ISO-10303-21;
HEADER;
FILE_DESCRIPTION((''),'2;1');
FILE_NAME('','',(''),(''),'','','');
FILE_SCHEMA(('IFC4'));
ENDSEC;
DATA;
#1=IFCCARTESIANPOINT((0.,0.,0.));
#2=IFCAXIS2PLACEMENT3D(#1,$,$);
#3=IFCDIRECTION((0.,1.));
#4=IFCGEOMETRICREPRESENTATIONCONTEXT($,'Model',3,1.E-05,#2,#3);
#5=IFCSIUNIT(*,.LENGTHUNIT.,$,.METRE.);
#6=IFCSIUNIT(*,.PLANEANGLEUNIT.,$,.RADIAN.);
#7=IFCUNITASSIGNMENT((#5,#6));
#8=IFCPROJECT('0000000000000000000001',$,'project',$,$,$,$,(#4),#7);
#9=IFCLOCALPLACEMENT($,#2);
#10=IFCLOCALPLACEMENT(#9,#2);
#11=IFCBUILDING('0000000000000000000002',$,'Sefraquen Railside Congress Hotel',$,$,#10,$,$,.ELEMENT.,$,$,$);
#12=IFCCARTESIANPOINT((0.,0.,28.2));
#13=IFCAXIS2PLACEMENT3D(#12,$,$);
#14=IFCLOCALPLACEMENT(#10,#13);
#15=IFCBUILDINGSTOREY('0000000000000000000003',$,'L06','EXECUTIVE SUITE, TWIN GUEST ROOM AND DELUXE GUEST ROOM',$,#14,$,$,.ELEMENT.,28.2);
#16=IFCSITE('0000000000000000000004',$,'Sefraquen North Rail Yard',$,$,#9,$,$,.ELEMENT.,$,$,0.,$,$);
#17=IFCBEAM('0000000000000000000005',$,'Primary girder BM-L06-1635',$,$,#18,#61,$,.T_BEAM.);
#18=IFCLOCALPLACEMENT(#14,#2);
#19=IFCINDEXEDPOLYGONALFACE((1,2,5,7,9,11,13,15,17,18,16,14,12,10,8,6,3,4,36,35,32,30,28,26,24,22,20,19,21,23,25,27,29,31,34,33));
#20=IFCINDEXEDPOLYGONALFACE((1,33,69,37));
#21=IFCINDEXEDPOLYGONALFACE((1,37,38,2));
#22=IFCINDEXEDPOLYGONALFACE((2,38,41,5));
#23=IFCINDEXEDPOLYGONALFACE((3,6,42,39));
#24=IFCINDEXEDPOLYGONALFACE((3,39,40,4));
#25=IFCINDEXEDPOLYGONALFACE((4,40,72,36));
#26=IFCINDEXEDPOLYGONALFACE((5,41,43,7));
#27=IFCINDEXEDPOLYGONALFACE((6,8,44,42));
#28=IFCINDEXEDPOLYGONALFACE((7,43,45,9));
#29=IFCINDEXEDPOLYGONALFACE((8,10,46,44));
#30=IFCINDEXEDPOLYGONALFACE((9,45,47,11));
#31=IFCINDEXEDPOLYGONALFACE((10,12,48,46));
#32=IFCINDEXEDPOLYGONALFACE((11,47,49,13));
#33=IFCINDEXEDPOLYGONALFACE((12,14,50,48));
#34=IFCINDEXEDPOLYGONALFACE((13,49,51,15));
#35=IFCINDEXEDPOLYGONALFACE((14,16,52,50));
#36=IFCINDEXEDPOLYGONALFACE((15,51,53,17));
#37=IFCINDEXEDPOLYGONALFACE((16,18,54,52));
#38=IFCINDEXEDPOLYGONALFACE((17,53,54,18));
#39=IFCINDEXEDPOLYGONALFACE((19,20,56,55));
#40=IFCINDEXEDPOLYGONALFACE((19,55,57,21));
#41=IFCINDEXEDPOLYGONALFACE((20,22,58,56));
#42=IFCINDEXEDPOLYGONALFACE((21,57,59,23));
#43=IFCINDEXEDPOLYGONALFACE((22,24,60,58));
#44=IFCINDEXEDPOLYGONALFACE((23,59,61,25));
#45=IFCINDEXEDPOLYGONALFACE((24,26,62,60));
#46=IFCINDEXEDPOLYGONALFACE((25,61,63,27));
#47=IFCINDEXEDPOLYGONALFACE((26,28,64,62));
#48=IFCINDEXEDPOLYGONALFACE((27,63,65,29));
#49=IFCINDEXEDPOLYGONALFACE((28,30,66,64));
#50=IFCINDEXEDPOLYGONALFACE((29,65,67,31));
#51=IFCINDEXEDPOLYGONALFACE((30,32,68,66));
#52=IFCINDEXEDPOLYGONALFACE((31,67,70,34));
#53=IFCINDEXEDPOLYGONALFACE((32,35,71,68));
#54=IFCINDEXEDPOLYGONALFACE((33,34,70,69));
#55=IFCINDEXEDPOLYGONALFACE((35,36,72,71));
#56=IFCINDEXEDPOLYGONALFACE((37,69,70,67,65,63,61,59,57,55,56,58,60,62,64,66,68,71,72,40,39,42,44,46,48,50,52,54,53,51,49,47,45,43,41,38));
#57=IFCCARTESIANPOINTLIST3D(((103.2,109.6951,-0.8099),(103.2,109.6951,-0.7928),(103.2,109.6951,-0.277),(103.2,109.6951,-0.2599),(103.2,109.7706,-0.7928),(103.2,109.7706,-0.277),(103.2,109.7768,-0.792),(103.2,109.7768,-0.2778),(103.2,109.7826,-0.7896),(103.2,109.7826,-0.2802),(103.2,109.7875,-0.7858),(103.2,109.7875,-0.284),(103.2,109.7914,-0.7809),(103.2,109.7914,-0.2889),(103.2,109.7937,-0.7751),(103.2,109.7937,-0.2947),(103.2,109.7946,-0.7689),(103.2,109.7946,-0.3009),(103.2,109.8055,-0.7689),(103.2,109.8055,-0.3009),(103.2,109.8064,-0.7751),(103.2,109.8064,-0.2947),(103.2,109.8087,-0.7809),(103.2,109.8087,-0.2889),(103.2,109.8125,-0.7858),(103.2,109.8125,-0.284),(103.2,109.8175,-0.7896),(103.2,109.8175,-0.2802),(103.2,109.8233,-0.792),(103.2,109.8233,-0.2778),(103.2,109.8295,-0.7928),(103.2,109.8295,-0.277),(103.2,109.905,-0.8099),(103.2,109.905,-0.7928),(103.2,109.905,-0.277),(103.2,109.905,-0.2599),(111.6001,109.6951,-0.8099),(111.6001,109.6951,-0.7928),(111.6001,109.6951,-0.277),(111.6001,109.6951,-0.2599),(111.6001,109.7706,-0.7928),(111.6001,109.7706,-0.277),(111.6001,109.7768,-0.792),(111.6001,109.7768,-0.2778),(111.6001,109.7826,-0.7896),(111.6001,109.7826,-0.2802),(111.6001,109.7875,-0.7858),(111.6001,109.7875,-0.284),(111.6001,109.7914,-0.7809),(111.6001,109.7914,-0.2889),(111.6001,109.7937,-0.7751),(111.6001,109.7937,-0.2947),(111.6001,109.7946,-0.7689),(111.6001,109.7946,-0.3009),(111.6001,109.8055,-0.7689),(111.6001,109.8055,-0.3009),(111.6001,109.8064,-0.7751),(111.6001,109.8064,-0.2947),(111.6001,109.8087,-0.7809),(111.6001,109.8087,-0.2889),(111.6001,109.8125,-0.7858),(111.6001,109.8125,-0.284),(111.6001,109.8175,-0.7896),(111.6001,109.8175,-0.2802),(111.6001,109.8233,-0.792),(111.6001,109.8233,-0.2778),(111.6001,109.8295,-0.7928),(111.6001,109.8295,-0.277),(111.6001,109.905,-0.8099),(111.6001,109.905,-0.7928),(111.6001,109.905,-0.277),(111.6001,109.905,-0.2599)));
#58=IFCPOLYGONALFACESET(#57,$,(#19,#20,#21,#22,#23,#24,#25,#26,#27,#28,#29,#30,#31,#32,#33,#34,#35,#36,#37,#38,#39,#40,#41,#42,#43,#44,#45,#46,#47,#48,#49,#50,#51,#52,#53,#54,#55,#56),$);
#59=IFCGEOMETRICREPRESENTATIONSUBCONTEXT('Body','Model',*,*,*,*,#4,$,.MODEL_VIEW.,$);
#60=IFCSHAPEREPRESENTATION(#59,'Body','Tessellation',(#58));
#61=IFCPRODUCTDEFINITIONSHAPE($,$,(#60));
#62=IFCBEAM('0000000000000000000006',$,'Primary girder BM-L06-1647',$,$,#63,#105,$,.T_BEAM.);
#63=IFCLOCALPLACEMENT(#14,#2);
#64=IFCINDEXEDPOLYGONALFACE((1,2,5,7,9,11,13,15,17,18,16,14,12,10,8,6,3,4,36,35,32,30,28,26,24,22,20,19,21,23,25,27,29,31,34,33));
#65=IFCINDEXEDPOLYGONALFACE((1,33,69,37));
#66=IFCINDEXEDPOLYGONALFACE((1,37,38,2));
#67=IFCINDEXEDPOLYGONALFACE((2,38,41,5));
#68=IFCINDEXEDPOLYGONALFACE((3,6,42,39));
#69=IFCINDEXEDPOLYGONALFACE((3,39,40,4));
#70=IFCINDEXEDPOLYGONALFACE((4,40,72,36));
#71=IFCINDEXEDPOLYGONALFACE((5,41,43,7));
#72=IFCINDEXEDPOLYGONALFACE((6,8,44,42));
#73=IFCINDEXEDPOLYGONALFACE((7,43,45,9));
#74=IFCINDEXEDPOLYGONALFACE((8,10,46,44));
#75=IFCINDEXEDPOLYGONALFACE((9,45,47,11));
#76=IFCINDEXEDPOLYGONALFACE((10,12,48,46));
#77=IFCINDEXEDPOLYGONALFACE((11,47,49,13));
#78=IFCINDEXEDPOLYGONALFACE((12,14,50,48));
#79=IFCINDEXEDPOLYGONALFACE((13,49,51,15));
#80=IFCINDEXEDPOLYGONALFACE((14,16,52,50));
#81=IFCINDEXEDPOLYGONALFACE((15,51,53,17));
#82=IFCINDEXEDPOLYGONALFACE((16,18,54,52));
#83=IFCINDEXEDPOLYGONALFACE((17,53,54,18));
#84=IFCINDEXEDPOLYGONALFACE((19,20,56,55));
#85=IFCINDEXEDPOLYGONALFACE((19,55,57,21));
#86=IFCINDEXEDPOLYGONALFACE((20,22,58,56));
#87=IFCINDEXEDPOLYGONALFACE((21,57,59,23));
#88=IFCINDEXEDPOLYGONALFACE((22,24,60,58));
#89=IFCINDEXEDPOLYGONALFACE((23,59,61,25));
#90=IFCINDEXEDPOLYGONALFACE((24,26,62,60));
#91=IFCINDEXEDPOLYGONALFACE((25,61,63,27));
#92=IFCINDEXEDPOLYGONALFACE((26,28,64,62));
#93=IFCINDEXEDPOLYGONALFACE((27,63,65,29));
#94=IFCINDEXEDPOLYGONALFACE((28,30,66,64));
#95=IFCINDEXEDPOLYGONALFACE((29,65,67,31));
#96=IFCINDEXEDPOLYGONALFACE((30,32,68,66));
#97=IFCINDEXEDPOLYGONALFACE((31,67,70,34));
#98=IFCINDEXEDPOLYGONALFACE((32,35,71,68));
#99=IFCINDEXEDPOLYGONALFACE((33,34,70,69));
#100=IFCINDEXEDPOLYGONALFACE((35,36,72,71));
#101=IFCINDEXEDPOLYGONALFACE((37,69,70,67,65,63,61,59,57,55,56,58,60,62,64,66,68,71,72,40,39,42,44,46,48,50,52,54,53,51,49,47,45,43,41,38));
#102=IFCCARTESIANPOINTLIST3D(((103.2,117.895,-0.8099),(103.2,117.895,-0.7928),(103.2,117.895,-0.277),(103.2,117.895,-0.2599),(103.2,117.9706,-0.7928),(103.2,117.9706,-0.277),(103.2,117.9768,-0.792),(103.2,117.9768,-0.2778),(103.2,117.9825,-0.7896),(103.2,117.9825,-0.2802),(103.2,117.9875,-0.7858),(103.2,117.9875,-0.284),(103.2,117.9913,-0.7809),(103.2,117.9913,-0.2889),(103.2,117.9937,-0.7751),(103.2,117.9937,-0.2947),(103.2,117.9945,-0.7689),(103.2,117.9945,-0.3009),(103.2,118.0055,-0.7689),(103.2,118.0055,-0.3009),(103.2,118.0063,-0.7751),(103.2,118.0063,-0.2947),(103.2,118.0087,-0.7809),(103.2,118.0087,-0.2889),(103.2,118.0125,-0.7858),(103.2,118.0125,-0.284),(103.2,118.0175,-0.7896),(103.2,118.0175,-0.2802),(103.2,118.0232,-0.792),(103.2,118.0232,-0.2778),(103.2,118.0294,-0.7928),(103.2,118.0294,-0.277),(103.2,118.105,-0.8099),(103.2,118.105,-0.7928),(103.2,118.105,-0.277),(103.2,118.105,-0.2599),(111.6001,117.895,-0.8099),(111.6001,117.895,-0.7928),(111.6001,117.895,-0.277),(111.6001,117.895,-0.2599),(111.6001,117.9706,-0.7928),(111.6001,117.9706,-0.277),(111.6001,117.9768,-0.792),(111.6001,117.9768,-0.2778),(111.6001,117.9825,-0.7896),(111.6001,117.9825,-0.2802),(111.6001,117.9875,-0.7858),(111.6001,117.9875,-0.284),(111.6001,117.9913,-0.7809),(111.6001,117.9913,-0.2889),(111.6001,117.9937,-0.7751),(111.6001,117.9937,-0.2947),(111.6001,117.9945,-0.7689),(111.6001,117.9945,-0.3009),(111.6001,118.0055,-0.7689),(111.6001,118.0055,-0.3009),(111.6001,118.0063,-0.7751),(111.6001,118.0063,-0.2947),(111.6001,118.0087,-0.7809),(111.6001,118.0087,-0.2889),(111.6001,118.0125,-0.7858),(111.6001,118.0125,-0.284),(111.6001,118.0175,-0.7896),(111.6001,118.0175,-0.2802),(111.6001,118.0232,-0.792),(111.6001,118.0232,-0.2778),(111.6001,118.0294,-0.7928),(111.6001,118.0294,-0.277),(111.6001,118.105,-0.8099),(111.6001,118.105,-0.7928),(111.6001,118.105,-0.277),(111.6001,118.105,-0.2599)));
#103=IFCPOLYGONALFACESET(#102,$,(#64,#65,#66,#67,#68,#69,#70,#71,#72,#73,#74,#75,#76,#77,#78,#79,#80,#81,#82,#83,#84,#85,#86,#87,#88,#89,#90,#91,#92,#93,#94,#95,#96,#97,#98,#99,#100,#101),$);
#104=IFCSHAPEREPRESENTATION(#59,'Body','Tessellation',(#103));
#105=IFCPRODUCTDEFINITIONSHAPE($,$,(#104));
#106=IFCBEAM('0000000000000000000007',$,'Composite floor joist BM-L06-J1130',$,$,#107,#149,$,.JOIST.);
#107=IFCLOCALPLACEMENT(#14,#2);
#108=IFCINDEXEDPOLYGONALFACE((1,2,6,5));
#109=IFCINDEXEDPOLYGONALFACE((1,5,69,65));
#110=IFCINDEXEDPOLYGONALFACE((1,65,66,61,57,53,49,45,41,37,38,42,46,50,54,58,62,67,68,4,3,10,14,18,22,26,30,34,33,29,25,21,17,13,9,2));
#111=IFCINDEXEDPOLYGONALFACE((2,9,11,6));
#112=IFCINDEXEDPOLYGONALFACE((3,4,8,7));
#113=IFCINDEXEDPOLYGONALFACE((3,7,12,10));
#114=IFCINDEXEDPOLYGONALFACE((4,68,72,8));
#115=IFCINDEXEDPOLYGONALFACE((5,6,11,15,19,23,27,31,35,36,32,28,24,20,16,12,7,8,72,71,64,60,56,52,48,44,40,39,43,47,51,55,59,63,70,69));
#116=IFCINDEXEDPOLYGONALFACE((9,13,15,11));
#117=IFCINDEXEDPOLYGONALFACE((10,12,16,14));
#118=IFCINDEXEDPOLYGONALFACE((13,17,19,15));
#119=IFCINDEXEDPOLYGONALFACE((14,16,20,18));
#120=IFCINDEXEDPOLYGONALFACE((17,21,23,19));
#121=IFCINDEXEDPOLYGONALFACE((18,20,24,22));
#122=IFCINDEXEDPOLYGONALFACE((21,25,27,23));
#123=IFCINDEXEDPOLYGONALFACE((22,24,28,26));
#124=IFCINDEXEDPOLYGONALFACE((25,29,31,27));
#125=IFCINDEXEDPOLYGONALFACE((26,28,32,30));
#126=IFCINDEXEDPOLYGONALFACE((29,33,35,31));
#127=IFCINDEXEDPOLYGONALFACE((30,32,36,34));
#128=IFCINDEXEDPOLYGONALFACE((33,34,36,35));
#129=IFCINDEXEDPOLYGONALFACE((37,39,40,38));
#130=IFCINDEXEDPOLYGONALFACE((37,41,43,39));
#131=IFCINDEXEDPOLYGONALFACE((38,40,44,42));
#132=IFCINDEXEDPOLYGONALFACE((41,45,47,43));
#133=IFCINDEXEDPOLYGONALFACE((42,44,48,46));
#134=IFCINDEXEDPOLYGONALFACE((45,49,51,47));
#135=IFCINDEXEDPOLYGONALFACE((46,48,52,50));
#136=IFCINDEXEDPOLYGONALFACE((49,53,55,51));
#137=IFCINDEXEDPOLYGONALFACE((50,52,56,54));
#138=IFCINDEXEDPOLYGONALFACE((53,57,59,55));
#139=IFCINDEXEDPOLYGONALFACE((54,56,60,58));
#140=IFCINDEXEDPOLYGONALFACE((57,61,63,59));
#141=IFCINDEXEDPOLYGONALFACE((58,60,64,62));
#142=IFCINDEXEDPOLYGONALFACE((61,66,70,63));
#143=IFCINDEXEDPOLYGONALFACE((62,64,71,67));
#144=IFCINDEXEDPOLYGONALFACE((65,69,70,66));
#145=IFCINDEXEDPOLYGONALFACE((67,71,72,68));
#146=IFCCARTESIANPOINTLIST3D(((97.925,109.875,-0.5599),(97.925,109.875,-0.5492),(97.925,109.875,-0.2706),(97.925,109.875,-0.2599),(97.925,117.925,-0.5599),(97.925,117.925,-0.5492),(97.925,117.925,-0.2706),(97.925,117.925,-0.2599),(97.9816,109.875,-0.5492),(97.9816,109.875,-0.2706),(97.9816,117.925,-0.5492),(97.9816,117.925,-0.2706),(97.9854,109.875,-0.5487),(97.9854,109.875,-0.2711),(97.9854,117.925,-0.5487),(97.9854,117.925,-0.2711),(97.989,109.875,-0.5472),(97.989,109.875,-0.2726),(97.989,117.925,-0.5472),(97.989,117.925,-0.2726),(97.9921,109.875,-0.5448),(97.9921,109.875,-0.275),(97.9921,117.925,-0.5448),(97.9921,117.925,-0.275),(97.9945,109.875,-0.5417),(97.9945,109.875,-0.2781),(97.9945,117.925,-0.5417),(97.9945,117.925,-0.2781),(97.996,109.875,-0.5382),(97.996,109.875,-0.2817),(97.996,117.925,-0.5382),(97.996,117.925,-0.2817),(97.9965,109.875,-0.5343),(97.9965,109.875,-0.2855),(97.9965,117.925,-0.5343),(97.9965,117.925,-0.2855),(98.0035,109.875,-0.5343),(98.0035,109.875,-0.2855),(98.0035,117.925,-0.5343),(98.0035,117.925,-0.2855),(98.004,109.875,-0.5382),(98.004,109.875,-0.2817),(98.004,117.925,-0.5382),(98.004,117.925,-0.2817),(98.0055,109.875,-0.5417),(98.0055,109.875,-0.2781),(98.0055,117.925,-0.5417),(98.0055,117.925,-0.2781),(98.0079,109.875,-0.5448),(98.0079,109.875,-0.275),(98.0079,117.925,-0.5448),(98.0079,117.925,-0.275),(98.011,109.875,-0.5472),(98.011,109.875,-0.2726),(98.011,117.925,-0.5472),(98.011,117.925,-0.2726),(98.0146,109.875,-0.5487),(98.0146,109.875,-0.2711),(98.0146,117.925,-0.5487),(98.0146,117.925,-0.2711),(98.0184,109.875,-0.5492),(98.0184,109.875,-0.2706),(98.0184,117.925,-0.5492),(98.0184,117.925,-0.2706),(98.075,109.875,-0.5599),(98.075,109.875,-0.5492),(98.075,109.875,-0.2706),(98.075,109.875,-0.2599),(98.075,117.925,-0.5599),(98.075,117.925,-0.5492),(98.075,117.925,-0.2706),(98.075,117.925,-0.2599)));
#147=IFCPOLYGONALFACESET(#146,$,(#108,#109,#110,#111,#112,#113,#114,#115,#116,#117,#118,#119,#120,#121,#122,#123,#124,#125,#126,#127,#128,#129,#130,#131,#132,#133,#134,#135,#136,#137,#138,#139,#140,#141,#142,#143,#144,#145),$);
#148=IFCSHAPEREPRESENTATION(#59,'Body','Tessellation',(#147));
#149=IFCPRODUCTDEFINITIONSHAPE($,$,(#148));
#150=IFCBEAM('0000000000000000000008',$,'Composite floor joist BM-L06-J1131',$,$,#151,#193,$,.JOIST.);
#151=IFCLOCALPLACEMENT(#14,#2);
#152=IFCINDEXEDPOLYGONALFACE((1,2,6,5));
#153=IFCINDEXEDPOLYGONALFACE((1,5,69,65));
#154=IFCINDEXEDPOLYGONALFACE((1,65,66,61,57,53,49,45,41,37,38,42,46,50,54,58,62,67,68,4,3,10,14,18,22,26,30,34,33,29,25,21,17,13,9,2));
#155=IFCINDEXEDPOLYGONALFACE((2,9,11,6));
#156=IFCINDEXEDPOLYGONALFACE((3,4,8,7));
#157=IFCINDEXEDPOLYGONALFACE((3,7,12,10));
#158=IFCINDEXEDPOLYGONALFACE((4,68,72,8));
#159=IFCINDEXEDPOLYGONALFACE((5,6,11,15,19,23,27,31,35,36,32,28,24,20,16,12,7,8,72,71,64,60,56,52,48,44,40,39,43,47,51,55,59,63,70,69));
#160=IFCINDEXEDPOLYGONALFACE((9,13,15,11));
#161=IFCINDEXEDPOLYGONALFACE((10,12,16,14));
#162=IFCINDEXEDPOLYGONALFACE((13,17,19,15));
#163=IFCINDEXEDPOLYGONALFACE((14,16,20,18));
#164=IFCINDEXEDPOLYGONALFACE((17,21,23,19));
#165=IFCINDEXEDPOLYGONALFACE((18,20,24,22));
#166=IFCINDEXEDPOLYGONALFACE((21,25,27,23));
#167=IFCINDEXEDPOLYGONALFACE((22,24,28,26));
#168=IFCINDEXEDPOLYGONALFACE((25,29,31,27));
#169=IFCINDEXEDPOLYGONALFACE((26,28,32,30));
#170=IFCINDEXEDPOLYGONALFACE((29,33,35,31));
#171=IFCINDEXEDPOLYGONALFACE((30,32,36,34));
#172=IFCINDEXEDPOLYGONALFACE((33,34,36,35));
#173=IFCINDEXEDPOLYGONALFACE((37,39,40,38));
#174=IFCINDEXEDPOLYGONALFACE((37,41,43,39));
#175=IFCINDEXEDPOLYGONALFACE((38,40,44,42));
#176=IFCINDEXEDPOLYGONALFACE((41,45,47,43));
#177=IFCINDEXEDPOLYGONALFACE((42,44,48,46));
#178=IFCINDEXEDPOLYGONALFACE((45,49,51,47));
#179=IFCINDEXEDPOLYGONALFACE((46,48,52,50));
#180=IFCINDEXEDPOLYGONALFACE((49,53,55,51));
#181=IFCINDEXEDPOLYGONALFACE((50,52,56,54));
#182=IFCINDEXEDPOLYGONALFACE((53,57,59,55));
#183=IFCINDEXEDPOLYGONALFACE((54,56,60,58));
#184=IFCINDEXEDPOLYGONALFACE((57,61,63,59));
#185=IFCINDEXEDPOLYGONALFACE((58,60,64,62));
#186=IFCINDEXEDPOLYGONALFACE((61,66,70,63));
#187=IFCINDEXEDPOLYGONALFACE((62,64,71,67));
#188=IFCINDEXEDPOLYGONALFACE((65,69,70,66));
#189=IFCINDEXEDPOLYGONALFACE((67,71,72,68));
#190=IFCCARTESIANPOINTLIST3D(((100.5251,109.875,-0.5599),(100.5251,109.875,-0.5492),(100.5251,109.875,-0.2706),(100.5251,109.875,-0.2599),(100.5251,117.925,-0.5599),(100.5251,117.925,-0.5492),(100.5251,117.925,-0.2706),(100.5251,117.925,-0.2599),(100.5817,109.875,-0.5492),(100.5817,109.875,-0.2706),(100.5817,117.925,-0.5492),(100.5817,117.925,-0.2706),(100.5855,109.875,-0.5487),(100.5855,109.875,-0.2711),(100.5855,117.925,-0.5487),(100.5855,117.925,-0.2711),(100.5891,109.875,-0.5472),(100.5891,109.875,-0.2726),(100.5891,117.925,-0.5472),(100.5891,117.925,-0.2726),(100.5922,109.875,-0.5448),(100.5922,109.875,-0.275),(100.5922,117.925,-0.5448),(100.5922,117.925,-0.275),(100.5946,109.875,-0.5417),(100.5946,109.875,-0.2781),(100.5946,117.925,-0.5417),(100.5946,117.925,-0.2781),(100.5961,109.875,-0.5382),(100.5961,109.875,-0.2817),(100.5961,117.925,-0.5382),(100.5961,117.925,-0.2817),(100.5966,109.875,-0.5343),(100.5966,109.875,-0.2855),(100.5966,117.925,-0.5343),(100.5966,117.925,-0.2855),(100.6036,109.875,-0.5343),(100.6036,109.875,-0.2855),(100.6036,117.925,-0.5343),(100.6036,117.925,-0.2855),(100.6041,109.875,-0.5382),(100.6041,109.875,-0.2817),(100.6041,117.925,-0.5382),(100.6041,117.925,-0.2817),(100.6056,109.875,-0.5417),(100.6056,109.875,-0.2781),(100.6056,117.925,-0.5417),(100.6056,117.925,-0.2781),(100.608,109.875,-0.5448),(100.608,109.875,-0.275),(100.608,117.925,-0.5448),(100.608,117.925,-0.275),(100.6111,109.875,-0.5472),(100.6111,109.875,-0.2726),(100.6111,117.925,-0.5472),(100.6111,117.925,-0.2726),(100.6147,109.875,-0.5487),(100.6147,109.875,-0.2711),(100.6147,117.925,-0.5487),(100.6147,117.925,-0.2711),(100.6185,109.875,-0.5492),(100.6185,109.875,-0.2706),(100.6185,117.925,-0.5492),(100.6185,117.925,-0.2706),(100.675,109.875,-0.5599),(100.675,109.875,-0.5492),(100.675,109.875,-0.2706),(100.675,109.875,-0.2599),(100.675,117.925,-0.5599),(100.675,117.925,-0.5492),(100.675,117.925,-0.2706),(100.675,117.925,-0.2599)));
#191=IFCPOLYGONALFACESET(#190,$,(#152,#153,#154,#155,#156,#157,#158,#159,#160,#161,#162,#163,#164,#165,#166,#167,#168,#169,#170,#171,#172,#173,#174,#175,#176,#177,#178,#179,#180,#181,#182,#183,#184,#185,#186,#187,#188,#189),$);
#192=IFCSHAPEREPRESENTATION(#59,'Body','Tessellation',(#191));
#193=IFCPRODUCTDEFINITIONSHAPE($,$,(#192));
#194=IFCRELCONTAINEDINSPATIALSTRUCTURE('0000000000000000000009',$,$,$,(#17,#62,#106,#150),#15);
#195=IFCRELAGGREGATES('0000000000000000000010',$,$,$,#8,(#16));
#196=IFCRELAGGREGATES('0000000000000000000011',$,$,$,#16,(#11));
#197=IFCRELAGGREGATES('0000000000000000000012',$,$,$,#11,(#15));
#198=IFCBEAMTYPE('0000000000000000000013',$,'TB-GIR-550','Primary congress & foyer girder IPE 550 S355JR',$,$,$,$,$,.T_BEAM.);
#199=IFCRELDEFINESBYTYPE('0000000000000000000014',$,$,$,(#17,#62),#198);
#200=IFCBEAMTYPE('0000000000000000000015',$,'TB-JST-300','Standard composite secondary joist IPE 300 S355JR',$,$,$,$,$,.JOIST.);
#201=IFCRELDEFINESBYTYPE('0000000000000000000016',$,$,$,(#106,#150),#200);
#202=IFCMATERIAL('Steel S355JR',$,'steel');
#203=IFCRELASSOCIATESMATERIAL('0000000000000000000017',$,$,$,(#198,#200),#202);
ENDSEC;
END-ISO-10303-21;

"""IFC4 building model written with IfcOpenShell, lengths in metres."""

from ifc_helpers import new_model, si_unit, direction, frame, origin, origin_2d, place, context, subcontext, project, spatial, i_section, extrude, material, material_profile, profile_set, type_object, element, save


model = new_model("IFC4")

# Units and contexts
model_context = context("Model", 3, precision=1e-05, world=origin(), true_north=direction((0.0, 1.0)))
body_context = subcontext(model_context, "Body", "Model", "MODEL_VIEW")
ifc_project = project(units=[si_unit("LENGTHUNIT", "METRE"), si_unit("PLANEANGLEUNIT", "RADIAN")], contexts=[model_context])

# Site, building, storey
site_placement = place(None, origin())
site = spatial("IfcSite", under=ifc_project, at=site_placement, Name="Sefraquen North Rail Yard", CompositionType="ELEMENT", RefElevation=0.0)
building_placement = place(site_placement, origin())
building = spatial("IfcBuilding", under=site, at=building_placement, Name="Sefraquen Railside Congress Hotel", CompositionType="ELEMENT")
storey_placement = place(building_placement, frame((0.0, 0.0, 28.2)))
storey = spatial("IfcBuildingStorey", under=building, at=storey_placement, Name="L06", Description="EXECUTIVE SUITE, TWIN GUEST ROOM AND DELUXE GUEST ROOM", CompositionType="ELEMENT", Elevation=28.2)

# Shared definitions
ifc_material_1 = material(Name="Steel S355JR", Category="steel")

# Beams
ifc_material_profile_1 = material_profile(ifc_material_1, i_section(OverallWidth=0.21, OverallDepth=0.55, WebThickness=0.011, FlangeThickness=0.0171, FilletRadius=0.0239, at=origin_2d()), Name="IPE 550")
ifc_profile_set_1 = profile_set([ifc_material_profile_1], Name="Steel S355JR")
beam_type_1 = type_object("IfcBeamType", Name="TB-GIR-550", Description="Primary congress & foyer girder IPE 550 S355JR", PredefinedType="T_BEAM", material=ifc_profile_set_1)
for number, where, z_axis, x_axis, name in (
    (1, (103.2, 109.8, -0.5349), (1.0, 0.0, 0.0), (0.0, 1.0, 0.0), "Primary girder BM-L06-1635"),
    (2, (103.2, 118.0, -0.5349), (1.0, 0.0, 0.0), (0.0, 1.0, 0.0), "Primary girder BM-L06-1647"),
):
    element("IfcBeam", number, at=place(storey_placement, frame(where, z_axis=z_axis, x_axis=x_axis)), inside=storey, type_object=beam_type_1, Name=name, PredefinedType="T_BEAM", context=body_context, shape_type="SweptSolid", body=[
        extrude(i_section(OverallWidth=0.21, OverallDepth=0.55, WebThickness=0.011, FlangeThickness=0.0171, FilletRadius=0.0239, at=origin_2d()), origin(), (0.0, 0.0, 1.0), 8.4001),
    ])
ifc_material_profile_2 = material_profile(ifc_material_1, i_section(OverallWidth=0.1499, OverallDepth=0.3, WebThickness=0.0071, FlangeThickness=0.0107, FilletRadius=0.0149, at=origin_2d()), Name="IPE 300")
ifc_profile_set_2 = profile_set([ifc_material_profile_2], Name="Steel S355JR")
beam_type_2 = type_object("IfcBeamType", Name="TB-JST-300", Description="Standard composite secondary joist IPE 300 S355JR", PredefinedType="JOIST", material=ifc_profile_set_2)
for number, where, z_axis, x_axis, name in (
    (3, (98.0, 109.875, -0.4099), (0.0, 1.0, 0.0), (-1.0, 0.0, 0.0), "Composite floor joist BM-L06-J1130"),
    (4, (100.6001, 109.875, -0.4099), (0.0, 1.0, 0.0), (-1.0, 0.0, 0.0), "Composite floor joist BM-L06-J1131"),
):
    element("IfcBeam", number, at=place(storey_placement, frame(where, z_axis=z_axis, x_axis=x_axis)), inside=storey, type_object=beam_type_2, Name=name, PredefinedType="JOIST", context=body_context, shape_type="SweptSolid", body=[
        extrude(i_section(OverallWidth=0.1499, OverallDepth=0.3, WebThickness=0.0071, FlangeThickness=0.0107, FilletRadius=0.0149, at=origin_2d()), origin(), (0.0, 0.0, 1.0), 8.05),
    ])

save(model, "model.ifc")
